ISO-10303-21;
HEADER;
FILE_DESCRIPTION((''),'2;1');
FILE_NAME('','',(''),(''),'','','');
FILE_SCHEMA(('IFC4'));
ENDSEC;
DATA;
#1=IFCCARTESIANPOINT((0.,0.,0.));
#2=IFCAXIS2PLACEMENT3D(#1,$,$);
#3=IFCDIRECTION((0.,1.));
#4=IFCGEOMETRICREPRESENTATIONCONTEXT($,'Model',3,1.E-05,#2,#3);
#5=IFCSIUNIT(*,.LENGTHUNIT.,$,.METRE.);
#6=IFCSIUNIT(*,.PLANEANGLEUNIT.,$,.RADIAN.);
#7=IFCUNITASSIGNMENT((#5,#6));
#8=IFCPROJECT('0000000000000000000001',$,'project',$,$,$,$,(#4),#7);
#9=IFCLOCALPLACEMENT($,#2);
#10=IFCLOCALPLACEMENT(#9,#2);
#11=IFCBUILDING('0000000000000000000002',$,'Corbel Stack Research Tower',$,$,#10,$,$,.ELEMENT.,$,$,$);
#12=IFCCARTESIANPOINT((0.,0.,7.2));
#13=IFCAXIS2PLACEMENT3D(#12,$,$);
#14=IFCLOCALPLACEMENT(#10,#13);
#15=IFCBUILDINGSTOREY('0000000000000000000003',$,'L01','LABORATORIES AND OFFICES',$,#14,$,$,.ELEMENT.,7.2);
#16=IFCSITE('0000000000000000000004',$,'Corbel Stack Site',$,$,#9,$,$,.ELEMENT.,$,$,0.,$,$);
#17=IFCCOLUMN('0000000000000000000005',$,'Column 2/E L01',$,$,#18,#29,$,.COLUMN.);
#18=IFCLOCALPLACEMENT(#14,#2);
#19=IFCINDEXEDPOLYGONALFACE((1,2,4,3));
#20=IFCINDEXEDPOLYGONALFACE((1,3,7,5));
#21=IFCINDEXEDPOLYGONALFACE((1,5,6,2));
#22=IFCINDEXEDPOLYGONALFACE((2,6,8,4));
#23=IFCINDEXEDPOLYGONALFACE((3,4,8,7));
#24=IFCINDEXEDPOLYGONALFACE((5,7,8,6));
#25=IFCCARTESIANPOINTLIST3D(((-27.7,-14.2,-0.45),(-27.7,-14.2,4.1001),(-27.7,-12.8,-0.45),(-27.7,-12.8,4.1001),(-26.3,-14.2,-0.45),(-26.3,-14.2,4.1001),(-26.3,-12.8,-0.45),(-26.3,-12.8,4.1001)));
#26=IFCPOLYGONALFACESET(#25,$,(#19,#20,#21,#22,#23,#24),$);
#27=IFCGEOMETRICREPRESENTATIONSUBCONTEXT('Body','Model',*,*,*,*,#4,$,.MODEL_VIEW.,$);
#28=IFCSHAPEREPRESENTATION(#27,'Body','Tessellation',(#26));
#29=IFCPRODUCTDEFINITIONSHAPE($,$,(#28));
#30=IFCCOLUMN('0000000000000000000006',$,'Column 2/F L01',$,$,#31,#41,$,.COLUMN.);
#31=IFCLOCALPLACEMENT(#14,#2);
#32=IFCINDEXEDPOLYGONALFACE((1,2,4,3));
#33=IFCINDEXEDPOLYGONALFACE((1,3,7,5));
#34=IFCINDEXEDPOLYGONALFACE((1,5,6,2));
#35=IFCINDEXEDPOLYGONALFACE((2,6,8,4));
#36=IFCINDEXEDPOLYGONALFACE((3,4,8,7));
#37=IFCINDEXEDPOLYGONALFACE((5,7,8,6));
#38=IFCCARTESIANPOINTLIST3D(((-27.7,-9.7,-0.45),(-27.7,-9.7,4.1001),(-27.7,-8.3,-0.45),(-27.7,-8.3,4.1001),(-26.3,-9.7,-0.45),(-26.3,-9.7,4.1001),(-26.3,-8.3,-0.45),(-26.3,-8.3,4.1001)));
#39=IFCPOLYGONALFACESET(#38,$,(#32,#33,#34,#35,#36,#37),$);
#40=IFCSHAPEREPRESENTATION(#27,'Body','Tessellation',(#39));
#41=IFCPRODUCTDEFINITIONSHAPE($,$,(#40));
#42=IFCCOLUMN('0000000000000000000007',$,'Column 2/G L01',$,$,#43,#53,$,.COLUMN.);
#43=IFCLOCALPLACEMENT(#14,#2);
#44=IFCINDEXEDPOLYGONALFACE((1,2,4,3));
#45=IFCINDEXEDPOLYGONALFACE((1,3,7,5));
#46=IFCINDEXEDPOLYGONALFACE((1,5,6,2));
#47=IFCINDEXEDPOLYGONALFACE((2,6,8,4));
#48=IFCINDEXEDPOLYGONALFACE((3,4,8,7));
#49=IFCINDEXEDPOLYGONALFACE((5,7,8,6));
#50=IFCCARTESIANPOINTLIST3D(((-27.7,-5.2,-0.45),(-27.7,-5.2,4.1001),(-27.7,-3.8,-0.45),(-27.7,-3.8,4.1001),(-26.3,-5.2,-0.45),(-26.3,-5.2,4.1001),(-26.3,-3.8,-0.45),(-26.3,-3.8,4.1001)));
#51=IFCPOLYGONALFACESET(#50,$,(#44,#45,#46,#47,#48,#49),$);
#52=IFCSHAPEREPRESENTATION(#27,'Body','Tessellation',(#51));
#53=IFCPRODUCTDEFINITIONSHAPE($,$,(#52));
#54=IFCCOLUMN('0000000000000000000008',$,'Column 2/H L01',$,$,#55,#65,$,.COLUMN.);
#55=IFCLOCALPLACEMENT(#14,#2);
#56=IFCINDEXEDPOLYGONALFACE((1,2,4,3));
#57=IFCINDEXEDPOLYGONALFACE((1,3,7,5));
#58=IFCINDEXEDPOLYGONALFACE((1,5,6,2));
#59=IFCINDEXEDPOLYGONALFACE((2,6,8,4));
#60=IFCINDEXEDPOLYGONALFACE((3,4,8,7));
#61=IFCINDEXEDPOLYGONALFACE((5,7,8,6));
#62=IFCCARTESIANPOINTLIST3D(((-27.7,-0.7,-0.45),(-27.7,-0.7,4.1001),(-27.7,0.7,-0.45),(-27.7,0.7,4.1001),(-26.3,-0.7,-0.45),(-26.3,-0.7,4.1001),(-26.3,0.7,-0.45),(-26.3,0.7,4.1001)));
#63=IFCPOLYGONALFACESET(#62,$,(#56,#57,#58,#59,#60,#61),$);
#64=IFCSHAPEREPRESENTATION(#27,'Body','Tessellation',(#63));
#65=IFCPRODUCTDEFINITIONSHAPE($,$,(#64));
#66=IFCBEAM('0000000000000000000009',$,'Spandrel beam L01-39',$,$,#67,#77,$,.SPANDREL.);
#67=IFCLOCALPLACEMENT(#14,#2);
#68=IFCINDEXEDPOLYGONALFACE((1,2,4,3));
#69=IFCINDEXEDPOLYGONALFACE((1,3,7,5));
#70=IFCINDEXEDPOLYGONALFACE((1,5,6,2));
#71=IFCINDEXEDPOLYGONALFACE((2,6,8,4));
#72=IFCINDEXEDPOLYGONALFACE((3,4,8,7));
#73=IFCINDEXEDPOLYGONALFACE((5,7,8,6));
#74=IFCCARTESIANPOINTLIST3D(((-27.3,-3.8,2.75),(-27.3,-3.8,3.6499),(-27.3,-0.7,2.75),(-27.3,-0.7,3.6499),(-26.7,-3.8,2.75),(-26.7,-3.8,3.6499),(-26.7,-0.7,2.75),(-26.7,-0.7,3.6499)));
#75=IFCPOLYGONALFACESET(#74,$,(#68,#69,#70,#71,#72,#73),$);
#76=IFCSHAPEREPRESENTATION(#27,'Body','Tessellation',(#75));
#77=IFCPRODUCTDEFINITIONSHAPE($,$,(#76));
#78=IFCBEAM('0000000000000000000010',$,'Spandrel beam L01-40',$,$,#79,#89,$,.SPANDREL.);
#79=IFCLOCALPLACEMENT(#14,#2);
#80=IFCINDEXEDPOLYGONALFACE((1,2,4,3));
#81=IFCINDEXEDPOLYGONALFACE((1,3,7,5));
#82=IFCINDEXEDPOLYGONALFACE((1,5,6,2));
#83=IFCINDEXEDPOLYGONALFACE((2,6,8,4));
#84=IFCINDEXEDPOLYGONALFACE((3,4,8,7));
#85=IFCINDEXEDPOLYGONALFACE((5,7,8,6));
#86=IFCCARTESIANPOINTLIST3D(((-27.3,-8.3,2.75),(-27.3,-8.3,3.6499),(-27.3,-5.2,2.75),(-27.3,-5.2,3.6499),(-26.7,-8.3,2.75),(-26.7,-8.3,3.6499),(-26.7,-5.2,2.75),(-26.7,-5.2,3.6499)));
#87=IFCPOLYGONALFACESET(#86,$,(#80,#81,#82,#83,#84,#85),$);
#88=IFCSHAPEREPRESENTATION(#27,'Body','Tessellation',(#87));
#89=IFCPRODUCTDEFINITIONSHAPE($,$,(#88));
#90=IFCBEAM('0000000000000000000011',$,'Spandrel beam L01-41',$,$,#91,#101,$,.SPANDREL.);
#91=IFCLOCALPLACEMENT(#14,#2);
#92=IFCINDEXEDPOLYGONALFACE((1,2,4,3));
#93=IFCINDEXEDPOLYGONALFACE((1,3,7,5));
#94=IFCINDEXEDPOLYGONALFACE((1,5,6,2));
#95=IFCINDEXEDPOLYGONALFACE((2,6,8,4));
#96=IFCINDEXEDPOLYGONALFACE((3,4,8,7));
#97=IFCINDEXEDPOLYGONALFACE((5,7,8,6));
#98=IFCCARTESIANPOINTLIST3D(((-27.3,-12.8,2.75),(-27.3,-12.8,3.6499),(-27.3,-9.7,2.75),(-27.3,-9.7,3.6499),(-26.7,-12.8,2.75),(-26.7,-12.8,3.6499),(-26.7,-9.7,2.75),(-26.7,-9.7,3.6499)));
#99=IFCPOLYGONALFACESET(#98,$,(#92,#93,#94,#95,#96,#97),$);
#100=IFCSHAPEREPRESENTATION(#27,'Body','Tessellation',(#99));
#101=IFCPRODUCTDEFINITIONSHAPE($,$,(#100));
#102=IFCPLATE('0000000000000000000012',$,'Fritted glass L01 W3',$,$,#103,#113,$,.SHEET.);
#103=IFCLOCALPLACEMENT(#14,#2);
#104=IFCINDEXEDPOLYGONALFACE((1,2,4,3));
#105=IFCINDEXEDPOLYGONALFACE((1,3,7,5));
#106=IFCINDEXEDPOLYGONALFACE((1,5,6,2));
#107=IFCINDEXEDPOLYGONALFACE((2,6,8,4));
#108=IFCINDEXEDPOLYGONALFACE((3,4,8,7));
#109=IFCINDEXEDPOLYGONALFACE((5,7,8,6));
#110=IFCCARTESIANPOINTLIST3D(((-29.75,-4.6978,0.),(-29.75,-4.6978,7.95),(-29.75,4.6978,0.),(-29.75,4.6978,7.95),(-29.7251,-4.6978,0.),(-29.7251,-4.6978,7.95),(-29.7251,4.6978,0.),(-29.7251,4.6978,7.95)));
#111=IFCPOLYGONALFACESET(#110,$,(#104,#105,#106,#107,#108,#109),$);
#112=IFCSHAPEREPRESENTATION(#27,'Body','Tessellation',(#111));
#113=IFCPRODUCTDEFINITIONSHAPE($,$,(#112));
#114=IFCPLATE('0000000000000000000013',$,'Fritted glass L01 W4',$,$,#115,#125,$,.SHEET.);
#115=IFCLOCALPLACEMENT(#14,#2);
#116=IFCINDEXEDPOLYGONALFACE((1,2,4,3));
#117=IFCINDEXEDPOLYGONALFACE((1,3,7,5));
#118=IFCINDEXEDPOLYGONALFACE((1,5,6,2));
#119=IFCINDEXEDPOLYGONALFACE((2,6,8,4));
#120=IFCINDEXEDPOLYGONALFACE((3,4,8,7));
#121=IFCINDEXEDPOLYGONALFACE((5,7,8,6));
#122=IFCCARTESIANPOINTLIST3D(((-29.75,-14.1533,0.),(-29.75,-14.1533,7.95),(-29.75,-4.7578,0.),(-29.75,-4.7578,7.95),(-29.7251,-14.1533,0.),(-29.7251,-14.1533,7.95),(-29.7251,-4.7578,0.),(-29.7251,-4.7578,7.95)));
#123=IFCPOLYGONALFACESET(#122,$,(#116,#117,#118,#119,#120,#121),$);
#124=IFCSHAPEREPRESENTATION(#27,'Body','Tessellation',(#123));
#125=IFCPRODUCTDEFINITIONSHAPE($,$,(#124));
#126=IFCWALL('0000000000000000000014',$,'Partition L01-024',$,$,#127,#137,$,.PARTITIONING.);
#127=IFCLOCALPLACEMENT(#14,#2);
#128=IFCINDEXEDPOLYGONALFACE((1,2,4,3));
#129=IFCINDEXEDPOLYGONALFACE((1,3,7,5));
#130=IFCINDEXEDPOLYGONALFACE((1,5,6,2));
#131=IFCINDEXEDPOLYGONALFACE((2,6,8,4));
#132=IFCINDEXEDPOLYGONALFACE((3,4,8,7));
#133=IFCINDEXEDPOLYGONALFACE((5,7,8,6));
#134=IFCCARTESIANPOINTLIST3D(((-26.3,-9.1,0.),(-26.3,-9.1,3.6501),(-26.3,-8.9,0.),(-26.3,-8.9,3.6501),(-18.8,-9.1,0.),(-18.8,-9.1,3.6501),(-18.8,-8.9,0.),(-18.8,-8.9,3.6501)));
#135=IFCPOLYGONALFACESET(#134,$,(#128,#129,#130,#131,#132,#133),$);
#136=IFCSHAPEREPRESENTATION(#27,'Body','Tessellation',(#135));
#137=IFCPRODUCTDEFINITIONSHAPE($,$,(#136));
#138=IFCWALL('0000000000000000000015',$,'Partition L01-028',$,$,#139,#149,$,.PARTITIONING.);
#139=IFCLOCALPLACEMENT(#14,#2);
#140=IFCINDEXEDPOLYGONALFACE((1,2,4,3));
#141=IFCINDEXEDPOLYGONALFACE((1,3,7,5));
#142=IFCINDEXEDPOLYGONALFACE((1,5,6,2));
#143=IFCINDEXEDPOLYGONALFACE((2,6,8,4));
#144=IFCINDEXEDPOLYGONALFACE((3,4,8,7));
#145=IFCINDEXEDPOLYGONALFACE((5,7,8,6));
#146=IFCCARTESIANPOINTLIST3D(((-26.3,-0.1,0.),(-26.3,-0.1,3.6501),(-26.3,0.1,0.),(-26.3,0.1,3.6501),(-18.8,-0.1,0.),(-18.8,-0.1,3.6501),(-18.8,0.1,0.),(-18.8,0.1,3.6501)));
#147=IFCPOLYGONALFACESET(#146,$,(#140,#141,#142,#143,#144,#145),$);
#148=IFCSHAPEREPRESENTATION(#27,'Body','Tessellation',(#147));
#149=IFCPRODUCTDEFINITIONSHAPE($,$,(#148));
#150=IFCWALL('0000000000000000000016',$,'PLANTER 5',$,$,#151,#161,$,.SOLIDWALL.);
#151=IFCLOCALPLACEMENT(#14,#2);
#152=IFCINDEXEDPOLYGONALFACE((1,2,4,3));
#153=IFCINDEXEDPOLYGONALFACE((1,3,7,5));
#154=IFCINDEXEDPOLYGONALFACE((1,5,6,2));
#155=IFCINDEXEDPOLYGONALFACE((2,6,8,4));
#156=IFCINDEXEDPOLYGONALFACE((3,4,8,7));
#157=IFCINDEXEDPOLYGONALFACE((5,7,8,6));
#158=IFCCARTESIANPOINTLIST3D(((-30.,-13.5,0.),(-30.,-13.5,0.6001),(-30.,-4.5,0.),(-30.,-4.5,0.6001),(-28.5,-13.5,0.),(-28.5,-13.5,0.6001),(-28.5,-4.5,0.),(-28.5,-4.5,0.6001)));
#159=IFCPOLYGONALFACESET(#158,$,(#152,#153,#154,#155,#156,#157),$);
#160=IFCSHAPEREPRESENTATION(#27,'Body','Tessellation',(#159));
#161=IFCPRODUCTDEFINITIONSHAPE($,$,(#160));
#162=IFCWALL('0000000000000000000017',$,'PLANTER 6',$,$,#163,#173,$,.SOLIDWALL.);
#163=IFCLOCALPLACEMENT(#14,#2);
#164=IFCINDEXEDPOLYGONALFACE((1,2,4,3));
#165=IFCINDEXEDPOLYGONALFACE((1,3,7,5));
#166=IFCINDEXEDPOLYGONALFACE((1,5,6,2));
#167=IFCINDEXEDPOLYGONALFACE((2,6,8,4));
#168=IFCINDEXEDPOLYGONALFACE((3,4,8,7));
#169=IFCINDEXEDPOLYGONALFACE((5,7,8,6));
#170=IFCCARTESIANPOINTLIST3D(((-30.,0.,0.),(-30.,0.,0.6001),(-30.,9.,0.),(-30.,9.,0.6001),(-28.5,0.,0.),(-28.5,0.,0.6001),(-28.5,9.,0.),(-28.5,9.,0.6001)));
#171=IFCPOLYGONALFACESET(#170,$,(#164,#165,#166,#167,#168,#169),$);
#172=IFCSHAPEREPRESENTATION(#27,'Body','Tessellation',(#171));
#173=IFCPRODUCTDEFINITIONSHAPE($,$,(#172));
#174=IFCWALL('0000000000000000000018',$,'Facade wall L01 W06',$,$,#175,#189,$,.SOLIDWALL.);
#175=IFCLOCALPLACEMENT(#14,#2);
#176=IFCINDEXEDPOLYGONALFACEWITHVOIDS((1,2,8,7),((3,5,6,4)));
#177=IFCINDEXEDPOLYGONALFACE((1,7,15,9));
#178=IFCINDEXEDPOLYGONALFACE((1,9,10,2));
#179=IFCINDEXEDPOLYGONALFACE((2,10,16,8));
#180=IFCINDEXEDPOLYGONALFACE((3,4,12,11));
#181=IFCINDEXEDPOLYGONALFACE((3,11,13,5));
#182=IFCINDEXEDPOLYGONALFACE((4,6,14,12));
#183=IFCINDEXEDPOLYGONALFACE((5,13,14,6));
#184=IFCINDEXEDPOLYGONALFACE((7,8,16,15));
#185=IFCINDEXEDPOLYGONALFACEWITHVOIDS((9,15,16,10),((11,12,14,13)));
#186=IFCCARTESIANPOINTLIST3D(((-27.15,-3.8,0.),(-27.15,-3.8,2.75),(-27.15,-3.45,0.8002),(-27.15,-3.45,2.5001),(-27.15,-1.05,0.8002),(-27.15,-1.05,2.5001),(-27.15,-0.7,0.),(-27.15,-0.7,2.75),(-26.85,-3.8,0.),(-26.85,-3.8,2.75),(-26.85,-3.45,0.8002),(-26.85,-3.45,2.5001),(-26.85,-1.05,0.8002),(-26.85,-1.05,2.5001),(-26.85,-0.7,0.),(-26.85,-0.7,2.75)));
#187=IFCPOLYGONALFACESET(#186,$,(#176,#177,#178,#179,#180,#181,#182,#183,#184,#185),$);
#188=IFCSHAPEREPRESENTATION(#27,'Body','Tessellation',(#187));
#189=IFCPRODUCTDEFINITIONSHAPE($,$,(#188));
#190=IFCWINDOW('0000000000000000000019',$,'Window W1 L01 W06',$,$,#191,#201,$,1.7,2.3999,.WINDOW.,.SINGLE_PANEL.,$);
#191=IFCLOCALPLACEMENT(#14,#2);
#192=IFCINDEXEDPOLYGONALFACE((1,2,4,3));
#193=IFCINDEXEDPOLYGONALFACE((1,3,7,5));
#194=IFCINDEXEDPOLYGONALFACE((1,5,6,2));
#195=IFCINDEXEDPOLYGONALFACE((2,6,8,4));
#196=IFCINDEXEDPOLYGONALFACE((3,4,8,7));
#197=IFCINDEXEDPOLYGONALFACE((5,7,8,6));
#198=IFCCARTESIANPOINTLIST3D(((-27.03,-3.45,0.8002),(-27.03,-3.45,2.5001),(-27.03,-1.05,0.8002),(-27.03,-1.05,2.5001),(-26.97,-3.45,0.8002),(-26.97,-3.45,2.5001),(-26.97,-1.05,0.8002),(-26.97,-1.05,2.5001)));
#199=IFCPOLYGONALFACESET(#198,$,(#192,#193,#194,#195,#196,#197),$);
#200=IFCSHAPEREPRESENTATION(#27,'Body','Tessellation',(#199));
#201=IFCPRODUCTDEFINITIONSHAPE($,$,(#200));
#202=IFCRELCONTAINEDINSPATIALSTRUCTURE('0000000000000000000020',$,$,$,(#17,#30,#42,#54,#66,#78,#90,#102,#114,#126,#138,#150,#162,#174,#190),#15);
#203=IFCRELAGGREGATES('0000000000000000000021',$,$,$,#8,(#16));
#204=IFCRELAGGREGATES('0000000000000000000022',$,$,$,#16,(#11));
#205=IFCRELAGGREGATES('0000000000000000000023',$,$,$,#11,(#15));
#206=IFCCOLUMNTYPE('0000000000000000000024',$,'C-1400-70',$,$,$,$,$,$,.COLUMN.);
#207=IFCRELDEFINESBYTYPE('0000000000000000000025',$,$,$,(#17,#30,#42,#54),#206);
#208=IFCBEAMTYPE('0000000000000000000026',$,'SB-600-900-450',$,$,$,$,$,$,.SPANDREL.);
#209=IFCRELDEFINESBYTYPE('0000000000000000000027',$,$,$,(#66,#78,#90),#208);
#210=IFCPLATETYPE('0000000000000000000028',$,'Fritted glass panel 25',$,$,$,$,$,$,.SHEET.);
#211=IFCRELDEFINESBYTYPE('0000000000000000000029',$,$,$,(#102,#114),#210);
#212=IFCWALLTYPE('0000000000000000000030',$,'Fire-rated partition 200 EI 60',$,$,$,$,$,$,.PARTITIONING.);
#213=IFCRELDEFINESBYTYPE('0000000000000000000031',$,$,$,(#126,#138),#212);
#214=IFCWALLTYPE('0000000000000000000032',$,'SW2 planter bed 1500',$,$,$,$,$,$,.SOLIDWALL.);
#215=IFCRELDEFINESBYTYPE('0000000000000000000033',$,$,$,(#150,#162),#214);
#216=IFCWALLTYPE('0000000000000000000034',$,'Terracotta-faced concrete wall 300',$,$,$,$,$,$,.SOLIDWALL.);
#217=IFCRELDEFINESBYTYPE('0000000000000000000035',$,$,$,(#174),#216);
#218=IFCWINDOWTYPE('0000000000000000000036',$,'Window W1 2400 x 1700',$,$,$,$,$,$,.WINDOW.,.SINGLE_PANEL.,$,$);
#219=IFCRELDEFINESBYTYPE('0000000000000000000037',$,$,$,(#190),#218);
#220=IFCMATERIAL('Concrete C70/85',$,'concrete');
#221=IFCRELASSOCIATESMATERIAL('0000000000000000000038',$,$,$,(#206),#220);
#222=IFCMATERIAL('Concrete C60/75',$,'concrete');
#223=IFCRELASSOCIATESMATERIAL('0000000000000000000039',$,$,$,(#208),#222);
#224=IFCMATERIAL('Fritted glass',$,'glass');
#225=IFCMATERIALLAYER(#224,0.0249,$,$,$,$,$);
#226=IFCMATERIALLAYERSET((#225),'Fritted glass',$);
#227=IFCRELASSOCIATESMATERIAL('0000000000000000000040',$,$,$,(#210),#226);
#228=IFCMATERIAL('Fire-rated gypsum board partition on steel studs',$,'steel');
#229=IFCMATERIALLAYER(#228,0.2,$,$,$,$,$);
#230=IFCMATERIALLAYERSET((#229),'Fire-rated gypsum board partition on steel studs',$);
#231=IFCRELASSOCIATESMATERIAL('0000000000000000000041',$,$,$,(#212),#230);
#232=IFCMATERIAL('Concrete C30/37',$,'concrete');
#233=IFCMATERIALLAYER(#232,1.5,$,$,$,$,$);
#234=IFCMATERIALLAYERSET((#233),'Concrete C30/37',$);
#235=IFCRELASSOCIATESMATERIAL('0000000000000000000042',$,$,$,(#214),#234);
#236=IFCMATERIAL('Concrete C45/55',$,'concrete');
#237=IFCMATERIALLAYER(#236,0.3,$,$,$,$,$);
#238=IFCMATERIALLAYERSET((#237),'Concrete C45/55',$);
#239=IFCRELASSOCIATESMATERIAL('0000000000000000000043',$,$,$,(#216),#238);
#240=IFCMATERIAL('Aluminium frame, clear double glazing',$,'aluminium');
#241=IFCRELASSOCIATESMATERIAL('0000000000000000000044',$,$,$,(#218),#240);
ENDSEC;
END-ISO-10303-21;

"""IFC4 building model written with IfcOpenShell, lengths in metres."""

from ifc_helpers import new_model, si_unit, direction, frame, frame_2d, origin, origin_2d, place, context, subcontext, project, spatial, rectangle, extrude, material, layer, layer_set, material_profile, profile_set, type_object, element, fill, save


model = new_model("IFC4")

# Units and contexts
model_context = context("Model", 3, precision=1e-05, world=origin(), true_north=direction((0.0, 1.0)))
body_context = subcontext(model_context, "Body", "Model", "MODEL_VIEW")
ifc_project = project(units=[si_unit("LENGTHUNIT", "METRE"), si_unit("PLANEANGLEUNIT", "RADIAN")], contexts=[model_context])

# Site, building, storey
site_placement = place(None, origin())
site = spatial("IfcSite", under=ifc_project, at=site_placement, Name="Corbel Stack Site", CompositionType="ELEMENT", RefElevation=0.0)
building_placement = place(site_placement, origin())
building = spatial("IfcBuilding", under=site, at=building_placement, Name="Corbel Stack Research Tower", CompositionType="ELEMENT")
storey_placement = place(building_placement, frame((0.0, 0.0, 7.2)))
storey = spatial("IfcBuildingStorey", under=building, at=storey_placement, Name="L01", Description="LABORATORIES AND OFFICES", CompositionType="ELEMENT", Elevation=7.2)

# Columns
ifc_material_1 = material(Name="Concrete C70/85", Category="concrete")
ifc_material_profile_1 = material_profile(ifc_material_1, rectangle(XDim=1.3999, YDim=1.3999, at=origin_2d()), Name="RC 1400 x 1400")
ifc_profile_set_1 = profile_set([ifc_material_profile_1], Name="Concrete C70/85")
column_type = type_object("IfcColumnType", Name="C-1400-70", PredefinedType="COLUMN", material=ifc_profile_set_1)
for number, where, z_axis, x_axis, name in (
    (1, (-27.0, -13.5, -0.45), (0.0, 0.0, 1.0), (1.0, 0.0, 0.0), "Column 2/E L01"),
    (2, (-27.0, -9.0, -0.45), (0.0, 0.0, 1.0), (1.0, 0.0, 0.0), "Column 2/F L01"),
    (3, (-27.0, -4.5, -0.45), (0.0, 0.0, 1.0), (1.0, 0.0, 0.0), "Column 2/G L01"),
    (4, (-27.0, 0.0, -0.45), (0.0, 0.0, 1.0), (1.0, 0.0, 0.0), "Column 2/H L01"),
):
    element("IfcColumn", number, at=place(storey_placement, frame(where, z_axis=z_axis, x_axis=x_axis)), inside=storey, type_object=column_type, Name=name, PredefinedType="COLUMN", context=body_context, shape_type="SweptSolid", body=[
        extrude(rectangle(XDim=1.3999, YDim=1.3999, at=origin_2d()), origin(), (0.0, 0.0, 1.0), 4.55),
    ])

# Beams
ifc_material_2 = material(Name="Concrete C60/75", Category="concrete")
ifc_material_profile_2 = material_profile(ifc_material_2, rectangle(XDim=0.6001, YDim=0.8999, at=origin_2d()), Name="RC 600 x 900")
ifc_profile_set_2 = profile_set([ifc_material_profile_2], Name="Concrete C60/75")
beam_type = type_object("IfcBeamType", Name="SB-600-900-450", PredefinedType="SPANDREL", material=ifc_profile_set_2)
for number, where, z_axis, x_axis, name in (
    (5, (-27.0, -0.7, 3.2), (0.0, -1.0, 0.0), (1.0, 0.0, 0.0), "Spandrel beam L01-39"),
    (6, (-27.0, -5.2, 3.2), (0.0, -1.0, 0.0), (1.0, 0.0, 0.0), "Spandrel beam L01-40"),
    (7, (-27.0, -9.7, 3.2), (0.0, -1.0, 0.0), (1.0, 0.0, 0.0), "Spandrel beam L01-41"),
):
    element("IfcBeam", number, at=place(storey_placement, frame(where, z_axis=z_axis, x_axis=x_axis)), inside=storey, type_object=beam_type, Name=name, PredefinedType="SPANDREL", context=body_context, shape_type="SweptSolid", body=[
        extrude(rectangle(XDim=0.6001, YDim=0.8999, at=origin_2d()), origin(), (0.0, 0.0, 1.0), 3.1001),
    ])

# Plates
ifc_material_3 = material(Name="Fritted glass", Category="glass")
ifc_layer_1 = layer(ifc_material_3, 0.0249)
ifc_layer_set_1 = layer_set([ifc_layer_1], Name="Fritted glass")
plate_type = type_object("IfcPlateType", Name="Fritted glass panel 25", PredefinedType="SHEET", material=ifc_layer_set_1)
for number, where, z_axis, x_axis, name in (
    (8, (-29.7375, 0.0, 0.0), (0.0, 0.0, 1.0), (0.0, -1.0, 0.0), "Fritted glass L01 W3"),
    (9, (-29.7375, -9.4556, 0.0), (0.0, 0.0, 1.0), (0.0, -1.0, 0.0), "Fritted glass L01 W4"),
):
    element("IfcPlate", number, at=place(storey_placement, frame(where, z_axis=z_axis, x_axis=x_axis)), inside=storey, type_object=plate_type, Name=name, PredefinedType="SHEET", context=body_context, shape_type="SweptSolid", body=[
        extrude(rectangle(XDim=9.3955, YDim=0.0249, at=origin_2d()), origin(), (0.0, 0.0, 1.0), 7.95),
    ])

# Walls
ifc_material_4 = material(Name="Fire-rated gypsum board partition on steel studs", Category="steel")
ifc_layer_2 = layer(ifc_material_4, 0.2)
ifc_layer_set_2 = layer_set([ifc_layer_2], Name="Fire-rated gypsum board partition on steel studs")
wall_type_1 = type_object("IfcWallType", Name="Fire-rated partition 200 EI 60", PredefinedType="PARTITIONING", material=ifc_layer_set_2)
for number, where, z_axis, x_axis, name in (
    (10, (-26.3, -9.0, 0.0), (0.0, 0.0, 1.0), (1.0, 0.0, 0.0), "Partition L01-024"),
    (11, (-26.3, 0.0, 0.0), (0.0, 0.0, 1.0), (1.0, 0.0, 0.0), "Partition L01-028"),
):
    element("IfcWall", number, at=place(storey_placement, frame(where, z_axis=z_axis, x_axis=x_axis)), inside=storey, type_object=wall_type_1, Name=name, PredefinedType="PARTITIONING", context=body_context, shape_type="SweptSolid", body=[
        extrude(rectangle(XDim=7.5, YDim=0.2, at=frame_2d((3.75, 0.0))), origin(), (0.0, 0.0, 1.0), 3.6501),
    ])
ifc_material_5 = material(Name="Concrete C30/37", Category="concrete")
ifc_layer_3 = layer(ifc_material_5, 1.5)
ifc_layer_set_3 = layer_set([ifc_layer_3], Name="Concrete C30/37")
wall_type_2 = type_object("IfcWallType", Name="SW2 planter bed 1500", PredefinedType="SOLIDWALL", material=ifc_layer_set_3)
for number, where, z_axis, x_axis, name in (
    (12, (-29.25, -13.5, 0.0), (0.0, 0.0, 1.0), (0.0, 1.0, 0.0), "PLANTER 5"),
    (13, (-29.25, 0.0, 0.0), (0.0, 0.0, 1.0), (0.0, 1.0, 0.0), "PLANTER 6"),
):
    element("IfcWall", number, at=place(storey_placement, frame(where, z_axis=z_axis, x_axis=x_axis)), inside=storey, type_object=wall_type_2, Name=name, PredefinedType="SOLIDWALL", context=body_context, shape_type="SweptSolid", body=[
        extrude(rectangle(XDim=9.0, YDim=1.5, at=frame_2d((4.5, 0.0))), origin(), (0.0, 0.0, 1.0), 0.6001),
    ])

# Wall, opening, window
ifc_material_6 = material(Name="Concrete C45/55", Category="concrete")
ifc_layer_4 = layer(ifc_material_6, 0.3)
ifc_layer_set_4 = layer_set([ifc_layer_4], Name="Concrete C45/55")
wall_type_3 = type_object("IfcWallType", Name="Terracotta-faced concrete wall 300", PredefinedType="SOLIDWALL", material=ifc_layer_set_4)
wall_1_placement = place(storey_placement, frame((-27.0, -3.8, 0.0), z_axis=(0.0, 0.0, 1.0), x_axis=(0.0, 1.0, 0.0)))
wall_1 = element("IfcWall", 14, at=wall_1_placement, inside=storey, type_object=wall_type_3, Name="Facade wall L01 W06", PredefinedType="SOLIDWALL", context=body_context, shape_type="SweptSolid", body=[
    extrude(rectangle(XDim=3.1001, YDim=0.3, at=frame_2d((1.55, 0.0))), origin(), (0.0, 0.0, 1.0), 2.75),
])
opening_1_placement = place(wall_1_placement, frame((0.3501, 0.0, 0.8)))
opening_1 = element("IfcOpeningElement", 15, at=opening_1_placement, cuts=wall_1, PredefinedType="OPENING", context=body_context, shape_type="SweptSolid", body=[
    extrude(rectangle(XDim=2.3999, YDim=1.7, at=frame_2d((1.2, 0.8501))), frame((0.0, 0.1599, 0.0), z_axis=(0.0, -1.0, 0.0), x_axis=(1.0, 0.0, 0.0)), (0.0, 0.0, 1.0), 0.3201),
])
ifc_material_7 = material(Name="Aluminium frame, clear double glazing", Category="aluminium")
window_type_1 = type_object("IfcWindowType", Name="Window W1 2400 x 1700", PartitioningType="SINGLE_PANEL", PredefinedType="WINDOW", material=ifc_material_7)
window_1_placement = place(opening_1_placement, origin())
window_1 = element("IfcWindow", 16, at=window_1_placement, inside=storey, type_object=window_type_1, Name="Window W1 L01 W06", OverallHeight=1.7, OverallWidth=2.3999, PartitioningType="SINGLE_PANEL", PredefinedType="WINDOW", context=body_context, shape_type="SweptSolid", body=[
    extrude(rectangle(XDim=2.3999, YDim=1.7, at=frame_2d((1.2, 0.8501))), frame((0.0, 0.03, 0.0), z_axis=(0.0, -1.0, 0.0), x_axis=(1.0, 0.0, 0.0)), (0.0, 0.0, 1.0), 0.0601),
])
fill(opening_1, window_1)

save(model, "model.ifc")
